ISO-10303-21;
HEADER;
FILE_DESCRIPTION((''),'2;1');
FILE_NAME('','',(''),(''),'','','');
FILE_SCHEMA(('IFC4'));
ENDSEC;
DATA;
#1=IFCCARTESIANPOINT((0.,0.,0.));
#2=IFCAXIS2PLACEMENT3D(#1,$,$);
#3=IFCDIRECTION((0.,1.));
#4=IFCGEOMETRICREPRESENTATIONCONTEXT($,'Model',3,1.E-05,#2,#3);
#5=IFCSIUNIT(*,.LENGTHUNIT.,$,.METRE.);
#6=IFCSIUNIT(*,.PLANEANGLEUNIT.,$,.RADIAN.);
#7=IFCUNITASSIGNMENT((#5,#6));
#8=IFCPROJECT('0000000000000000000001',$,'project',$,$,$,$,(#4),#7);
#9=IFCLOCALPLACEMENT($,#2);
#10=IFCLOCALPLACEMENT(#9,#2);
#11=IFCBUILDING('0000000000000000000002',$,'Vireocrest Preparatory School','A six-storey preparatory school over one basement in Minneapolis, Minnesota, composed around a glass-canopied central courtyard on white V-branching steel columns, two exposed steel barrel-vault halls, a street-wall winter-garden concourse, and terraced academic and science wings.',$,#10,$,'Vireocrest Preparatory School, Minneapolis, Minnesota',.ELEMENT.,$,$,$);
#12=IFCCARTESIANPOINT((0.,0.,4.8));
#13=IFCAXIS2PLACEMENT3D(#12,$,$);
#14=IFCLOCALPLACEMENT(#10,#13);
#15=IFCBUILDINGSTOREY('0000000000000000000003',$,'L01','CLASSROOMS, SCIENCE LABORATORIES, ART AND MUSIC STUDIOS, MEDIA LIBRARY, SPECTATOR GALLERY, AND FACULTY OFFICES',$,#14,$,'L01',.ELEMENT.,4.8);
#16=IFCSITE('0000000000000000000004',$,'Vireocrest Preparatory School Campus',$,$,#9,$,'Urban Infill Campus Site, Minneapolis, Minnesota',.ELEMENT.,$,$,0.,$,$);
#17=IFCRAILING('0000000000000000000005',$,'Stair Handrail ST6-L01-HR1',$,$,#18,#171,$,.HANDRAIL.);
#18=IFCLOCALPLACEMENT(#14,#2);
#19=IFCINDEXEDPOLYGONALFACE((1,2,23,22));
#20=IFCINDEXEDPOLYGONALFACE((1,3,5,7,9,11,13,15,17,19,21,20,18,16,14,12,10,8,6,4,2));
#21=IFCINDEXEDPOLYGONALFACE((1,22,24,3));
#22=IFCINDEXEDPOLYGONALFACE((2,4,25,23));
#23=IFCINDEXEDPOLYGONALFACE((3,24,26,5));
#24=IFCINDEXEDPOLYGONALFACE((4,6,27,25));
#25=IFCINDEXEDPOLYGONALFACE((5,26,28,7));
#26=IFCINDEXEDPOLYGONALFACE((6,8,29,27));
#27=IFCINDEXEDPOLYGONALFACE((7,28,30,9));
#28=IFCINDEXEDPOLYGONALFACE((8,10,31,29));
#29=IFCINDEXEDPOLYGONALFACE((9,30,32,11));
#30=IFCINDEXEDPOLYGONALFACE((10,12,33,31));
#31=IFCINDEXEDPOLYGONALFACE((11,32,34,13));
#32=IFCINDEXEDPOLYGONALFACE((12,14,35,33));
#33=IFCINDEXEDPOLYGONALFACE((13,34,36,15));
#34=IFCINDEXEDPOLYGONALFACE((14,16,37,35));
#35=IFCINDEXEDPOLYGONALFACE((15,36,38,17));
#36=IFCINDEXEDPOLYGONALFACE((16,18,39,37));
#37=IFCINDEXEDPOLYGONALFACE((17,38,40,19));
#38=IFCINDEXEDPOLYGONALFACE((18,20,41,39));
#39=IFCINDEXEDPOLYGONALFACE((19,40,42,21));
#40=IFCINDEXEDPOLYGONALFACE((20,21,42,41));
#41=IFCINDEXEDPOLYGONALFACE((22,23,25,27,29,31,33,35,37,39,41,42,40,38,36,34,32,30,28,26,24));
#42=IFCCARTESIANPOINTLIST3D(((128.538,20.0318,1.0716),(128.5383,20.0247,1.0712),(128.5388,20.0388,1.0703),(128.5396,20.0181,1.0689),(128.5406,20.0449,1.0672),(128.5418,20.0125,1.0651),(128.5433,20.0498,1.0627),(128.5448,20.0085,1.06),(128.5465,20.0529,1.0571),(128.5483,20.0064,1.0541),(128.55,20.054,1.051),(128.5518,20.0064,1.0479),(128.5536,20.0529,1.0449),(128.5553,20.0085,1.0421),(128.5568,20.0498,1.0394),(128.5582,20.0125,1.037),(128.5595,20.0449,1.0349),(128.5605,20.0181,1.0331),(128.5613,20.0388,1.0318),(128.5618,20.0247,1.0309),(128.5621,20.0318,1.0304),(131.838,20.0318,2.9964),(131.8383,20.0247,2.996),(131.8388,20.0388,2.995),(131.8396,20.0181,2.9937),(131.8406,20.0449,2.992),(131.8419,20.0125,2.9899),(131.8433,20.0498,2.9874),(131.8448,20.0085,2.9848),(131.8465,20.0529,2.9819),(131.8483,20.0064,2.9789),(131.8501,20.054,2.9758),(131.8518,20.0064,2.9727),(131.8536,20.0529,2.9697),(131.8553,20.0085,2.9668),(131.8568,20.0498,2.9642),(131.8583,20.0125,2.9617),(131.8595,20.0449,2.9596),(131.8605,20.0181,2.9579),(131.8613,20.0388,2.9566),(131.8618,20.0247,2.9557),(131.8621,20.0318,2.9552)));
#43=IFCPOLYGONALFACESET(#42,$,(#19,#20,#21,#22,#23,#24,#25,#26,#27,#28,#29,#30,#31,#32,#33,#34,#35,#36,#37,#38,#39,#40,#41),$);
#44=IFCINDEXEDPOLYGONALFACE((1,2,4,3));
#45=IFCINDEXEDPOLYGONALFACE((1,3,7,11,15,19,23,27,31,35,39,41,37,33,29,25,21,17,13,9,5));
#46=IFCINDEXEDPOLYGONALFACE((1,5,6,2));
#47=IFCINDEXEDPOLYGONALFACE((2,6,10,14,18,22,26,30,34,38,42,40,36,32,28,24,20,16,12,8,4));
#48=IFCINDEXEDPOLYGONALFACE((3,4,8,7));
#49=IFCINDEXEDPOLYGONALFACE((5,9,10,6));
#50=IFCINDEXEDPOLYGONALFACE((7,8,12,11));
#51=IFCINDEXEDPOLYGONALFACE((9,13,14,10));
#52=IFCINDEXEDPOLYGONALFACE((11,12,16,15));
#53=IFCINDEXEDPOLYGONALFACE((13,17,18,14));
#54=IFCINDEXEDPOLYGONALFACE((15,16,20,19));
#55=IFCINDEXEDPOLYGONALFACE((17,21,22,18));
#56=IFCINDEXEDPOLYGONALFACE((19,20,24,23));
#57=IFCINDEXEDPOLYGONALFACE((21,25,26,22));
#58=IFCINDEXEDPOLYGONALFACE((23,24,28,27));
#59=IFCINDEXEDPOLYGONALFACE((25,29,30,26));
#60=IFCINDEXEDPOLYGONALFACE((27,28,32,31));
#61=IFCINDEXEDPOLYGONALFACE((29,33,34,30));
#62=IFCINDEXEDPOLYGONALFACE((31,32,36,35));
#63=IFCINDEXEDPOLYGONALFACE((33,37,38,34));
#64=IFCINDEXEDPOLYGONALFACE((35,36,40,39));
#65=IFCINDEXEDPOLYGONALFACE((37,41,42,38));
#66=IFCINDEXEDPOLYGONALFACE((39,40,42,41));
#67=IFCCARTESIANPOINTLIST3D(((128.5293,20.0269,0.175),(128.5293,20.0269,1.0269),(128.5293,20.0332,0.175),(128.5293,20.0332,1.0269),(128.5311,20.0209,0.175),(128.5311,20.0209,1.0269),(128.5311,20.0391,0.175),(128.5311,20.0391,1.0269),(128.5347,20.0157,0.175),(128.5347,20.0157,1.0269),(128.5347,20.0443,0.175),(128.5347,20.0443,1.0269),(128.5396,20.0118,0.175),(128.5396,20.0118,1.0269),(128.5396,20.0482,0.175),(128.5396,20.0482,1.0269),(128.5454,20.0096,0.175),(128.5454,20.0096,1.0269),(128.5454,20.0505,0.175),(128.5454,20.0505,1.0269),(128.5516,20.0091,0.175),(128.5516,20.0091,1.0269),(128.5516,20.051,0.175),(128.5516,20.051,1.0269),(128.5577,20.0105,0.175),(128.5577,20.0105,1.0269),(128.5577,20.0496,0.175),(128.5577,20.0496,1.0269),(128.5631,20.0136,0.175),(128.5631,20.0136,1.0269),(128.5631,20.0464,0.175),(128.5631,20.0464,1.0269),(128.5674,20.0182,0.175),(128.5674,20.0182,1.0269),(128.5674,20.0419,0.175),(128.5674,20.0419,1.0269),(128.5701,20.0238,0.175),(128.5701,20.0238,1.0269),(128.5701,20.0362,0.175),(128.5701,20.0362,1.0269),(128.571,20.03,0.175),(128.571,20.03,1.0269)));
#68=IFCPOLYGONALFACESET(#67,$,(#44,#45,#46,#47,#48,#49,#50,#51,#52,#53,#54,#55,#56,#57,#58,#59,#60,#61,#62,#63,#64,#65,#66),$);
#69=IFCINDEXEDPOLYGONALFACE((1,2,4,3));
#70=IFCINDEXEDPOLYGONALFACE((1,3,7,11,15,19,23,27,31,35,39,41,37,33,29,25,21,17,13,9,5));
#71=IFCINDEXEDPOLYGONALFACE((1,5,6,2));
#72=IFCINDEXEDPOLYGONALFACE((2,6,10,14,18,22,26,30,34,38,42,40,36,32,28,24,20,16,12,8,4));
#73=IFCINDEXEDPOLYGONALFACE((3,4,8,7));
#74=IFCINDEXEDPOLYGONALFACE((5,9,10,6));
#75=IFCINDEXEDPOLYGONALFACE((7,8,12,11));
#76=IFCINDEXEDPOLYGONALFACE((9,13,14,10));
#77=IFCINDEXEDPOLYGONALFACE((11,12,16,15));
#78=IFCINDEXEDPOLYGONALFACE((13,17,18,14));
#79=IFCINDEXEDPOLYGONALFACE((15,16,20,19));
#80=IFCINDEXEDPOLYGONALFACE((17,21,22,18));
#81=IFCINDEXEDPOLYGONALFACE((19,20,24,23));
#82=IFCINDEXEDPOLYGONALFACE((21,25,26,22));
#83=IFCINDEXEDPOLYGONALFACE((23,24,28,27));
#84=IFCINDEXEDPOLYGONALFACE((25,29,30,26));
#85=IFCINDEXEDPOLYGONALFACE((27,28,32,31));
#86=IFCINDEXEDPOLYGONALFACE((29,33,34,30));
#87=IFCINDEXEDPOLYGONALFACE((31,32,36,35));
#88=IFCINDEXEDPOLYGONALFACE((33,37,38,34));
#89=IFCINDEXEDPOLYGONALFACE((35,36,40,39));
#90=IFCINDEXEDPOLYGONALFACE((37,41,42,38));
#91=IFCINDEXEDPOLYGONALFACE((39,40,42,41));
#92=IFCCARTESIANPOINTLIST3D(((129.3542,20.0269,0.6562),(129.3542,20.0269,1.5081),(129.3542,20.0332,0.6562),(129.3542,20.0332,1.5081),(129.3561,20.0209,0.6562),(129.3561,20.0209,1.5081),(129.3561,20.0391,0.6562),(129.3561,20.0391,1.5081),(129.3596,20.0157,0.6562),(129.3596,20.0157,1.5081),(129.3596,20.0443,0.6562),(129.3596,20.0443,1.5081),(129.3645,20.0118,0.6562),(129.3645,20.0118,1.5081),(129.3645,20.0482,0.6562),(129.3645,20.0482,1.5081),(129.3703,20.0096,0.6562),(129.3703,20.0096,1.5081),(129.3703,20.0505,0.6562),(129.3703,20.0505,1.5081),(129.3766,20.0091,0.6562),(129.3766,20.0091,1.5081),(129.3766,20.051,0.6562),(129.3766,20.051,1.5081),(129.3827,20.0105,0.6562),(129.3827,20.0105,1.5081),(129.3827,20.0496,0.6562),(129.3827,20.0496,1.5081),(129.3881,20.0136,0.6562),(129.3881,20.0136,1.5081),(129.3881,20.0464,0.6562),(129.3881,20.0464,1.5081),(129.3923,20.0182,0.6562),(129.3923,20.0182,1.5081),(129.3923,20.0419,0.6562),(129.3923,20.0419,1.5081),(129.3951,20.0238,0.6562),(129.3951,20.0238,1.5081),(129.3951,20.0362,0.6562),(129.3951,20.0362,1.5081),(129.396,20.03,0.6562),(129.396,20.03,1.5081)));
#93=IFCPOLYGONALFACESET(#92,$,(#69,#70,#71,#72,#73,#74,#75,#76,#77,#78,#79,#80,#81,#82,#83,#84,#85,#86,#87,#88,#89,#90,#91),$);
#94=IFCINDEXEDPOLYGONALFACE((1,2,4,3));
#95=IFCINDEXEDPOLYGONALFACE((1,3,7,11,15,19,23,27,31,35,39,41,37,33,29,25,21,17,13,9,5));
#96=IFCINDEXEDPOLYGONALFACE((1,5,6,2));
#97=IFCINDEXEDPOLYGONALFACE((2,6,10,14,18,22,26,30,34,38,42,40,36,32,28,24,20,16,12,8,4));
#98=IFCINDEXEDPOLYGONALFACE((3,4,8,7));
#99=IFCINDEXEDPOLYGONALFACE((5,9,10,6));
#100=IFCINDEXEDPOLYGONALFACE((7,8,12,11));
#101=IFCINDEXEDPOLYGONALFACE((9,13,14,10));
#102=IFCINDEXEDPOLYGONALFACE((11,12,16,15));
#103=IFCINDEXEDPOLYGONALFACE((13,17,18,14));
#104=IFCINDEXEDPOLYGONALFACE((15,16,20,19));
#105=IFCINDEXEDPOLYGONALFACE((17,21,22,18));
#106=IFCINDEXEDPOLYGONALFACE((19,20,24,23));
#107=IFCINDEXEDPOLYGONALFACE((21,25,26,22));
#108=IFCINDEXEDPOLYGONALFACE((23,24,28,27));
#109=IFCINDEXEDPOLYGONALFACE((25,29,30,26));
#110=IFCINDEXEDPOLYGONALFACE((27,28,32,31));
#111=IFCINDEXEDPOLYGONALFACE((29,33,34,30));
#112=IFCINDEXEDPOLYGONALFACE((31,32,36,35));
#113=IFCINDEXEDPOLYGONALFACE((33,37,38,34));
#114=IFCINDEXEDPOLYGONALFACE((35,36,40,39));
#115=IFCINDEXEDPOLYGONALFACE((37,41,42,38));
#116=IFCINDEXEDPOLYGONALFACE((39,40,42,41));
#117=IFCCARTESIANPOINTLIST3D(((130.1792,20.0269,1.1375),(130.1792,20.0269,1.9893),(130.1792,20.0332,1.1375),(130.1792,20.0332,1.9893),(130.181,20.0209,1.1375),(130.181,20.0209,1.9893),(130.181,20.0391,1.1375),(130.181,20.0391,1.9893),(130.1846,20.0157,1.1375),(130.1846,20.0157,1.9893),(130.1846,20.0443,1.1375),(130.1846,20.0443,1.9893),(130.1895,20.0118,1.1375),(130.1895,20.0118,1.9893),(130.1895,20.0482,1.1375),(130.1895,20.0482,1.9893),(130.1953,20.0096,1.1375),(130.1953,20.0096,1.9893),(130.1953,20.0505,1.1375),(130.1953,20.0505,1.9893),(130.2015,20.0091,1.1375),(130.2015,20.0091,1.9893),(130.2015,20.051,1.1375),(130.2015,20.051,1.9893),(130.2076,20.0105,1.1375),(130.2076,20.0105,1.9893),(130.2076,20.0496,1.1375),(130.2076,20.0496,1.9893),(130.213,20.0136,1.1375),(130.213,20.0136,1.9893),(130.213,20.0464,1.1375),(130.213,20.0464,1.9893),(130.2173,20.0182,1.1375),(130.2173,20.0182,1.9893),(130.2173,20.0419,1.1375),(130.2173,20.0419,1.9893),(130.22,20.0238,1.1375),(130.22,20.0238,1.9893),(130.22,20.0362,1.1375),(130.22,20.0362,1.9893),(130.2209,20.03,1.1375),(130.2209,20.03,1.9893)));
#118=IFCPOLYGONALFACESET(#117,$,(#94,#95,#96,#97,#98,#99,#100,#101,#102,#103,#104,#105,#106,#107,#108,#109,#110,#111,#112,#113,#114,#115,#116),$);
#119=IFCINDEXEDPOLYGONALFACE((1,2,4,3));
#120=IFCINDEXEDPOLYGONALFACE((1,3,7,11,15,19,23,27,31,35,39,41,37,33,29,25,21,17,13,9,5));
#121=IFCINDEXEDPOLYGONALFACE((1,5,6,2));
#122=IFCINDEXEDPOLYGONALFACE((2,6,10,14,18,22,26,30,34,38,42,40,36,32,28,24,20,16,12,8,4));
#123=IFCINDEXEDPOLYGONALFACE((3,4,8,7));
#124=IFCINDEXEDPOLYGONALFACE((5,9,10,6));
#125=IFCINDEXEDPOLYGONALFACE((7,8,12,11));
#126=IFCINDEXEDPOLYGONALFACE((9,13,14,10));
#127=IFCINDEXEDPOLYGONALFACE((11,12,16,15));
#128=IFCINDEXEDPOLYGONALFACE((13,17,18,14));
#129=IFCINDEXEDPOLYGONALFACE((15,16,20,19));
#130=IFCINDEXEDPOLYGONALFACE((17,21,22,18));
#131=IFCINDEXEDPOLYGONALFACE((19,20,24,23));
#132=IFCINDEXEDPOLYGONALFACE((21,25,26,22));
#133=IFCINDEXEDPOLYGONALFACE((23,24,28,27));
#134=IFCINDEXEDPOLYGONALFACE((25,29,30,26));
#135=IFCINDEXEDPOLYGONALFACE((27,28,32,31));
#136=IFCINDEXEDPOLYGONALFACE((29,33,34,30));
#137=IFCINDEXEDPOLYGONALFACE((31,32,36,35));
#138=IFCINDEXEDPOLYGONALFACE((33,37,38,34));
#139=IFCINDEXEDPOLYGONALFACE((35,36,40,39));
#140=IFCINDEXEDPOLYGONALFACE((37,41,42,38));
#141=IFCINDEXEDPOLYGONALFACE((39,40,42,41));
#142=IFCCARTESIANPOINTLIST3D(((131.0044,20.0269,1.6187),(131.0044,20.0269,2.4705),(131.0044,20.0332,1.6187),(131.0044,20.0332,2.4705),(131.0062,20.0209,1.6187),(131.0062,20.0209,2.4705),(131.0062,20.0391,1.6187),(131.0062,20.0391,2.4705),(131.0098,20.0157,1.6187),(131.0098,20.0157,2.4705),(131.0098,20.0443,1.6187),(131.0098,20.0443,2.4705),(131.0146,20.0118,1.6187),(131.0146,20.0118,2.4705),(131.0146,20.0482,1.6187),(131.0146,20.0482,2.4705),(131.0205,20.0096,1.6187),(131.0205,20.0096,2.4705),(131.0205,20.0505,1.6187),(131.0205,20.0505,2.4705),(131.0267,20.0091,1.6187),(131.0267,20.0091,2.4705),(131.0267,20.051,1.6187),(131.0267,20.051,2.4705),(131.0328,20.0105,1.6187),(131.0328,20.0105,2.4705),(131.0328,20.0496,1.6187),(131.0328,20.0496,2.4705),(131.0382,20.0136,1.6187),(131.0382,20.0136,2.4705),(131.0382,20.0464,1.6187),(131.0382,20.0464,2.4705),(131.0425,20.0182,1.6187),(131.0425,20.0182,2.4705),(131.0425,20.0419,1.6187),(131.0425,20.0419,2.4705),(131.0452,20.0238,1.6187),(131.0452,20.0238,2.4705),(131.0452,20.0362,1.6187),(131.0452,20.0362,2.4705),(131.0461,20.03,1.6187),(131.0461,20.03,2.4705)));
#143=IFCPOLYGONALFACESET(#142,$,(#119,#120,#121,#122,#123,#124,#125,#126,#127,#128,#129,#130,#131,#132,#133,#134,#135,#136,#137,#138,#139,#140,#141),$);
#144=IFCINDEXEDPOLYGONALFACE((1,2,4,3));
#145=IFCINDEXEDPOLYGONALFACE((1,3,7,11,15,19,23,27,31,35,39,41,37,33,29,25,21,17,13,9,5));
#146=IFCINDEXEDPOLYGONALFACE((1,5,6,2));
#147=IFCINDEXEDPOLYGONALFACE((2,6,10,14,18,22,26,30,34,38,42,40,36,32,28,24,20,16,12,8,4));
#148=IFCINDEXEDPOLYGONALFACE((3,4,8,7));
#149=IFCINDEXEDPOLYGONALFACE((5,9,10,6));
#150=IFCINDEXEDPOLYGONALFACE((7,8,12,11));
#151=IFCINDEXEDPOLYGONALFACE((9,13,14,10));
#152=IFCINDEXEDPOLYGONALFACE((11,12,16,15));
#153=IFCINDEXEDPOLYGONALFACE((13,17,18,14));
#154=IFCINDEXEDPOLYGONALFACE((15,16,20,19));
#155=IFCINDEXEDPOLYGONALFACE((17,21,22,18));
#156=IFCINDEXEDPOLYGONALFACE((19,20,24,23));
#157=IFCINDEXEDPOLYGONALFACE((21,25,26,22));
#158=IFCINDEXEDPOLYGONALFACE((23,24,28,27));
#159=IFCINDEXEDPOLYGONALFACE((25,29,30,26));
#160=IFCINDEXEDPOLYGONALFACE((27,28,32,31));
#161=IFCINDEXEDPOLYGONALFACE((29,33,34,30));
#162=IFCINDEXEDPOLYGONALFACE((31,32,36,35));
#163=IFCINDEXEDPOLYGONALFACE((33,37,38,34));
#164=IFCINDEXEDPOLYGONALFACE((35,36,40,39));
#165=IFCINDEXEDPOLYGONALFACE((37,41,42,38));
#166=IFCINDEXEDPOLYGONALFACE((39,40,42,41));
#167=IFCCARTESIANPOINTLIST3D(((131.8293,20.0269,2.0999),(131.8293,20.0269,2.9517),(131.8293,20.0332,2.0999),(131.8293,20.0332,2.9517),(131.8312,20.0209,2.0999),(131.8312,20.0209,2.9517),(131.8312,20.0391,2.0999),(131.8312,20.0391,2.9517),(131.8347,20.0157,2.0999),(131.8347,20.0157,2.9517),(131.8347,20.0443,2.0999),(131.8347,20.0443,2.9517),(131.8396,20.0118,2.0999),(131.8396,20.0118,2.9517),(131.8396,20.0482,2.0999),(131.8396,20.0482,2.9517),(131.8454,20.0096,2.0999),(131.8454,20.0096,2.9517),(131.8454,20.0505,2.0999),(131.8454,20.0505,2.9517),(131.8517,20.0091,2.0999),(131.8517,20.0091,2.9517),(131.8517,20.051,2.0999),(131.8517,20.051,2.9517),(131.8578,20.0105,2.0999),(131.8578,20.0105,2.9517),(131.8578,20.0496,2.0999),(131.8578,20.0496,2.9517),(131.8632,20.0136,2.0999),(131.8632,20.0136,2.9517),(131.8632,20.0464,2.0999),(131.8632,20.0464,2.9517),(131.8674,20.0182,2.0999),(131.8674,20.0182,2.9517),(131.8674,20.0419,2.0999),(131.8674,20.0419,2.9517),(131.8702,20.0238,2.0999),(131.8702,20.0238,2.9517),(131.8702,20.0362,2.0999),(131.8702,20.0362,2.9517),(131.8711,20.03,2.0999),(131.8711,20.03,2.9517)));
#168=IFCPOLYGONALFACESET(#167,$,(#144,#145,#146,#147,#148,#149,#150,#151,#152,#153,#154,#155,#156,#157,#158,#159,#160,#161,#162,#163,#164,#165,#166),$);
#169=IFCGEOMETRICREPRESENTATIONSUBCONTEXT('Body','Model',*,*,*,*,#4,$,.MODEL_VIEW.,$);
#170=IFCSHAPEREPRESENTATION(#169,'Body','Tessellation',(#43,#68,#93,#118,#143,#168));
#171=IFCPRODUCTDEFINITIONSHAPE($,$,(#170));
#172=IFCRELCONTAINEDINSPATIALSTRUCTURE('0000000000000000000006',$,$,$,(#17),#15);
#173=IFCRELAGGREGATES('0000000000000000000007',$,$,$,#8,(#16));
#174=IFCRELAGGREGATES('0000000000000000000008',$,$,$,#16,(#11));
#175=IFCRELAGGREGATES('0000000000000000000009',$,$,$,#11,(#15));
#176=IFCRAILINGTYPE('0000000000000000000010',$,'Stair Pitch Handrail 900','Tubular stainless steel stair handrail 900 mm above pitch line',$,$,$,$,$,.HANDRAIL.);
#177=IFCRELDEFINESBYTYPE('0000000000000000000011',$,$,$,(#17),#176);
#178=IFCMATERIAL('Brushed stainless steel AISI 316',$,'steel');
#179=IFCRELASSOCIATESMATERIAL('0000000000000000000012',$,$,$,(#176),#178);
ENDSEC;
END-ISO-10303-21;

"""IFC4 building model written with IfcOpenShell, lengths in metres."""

from ifc_helpers import new_model, si_unit, direction, frame, origin, origin_2d, place, context, subcontext, project, spatial, circle, extrude, material, type_object, element, save


model = new_model("IFC4")

# Units and contexts
model_context = context("Model", 3, precision=1e-05, world=origin(), true_north=direction((0.0, 1.0)))
body_context = subcontext(model_context, "Body", "Model", "MODEL_VIEW")
ifc_project = project(units=[si_unit("LENGTHUNIT", "METRE"), si_unit("PLANEANGLEUNIT", "RADIAN")], contexts=[model_context])

# Site, building, storey
site_placement = place(None, origin())
site = spatial("IfcSite", under=ifc_project, at=site_placement, Name="Vireocrest Preparatory School Campus", LongName="Urban Infill Campus Site, Minneapolis, Minnesota", CompositionType="ELEMENT", RefElevation=0.0)
building_placement = place(site_placement, origin())
building = spatial("IfcBuilding", under=site, at=building_placement, Name="Vireocrest Preparatory School", Description="A six-storey preparatory school over one basement in Minneapolis, Minnesota, composed around a glass-canopied central courtyard on white V-branching steel columns, two exposed steel barrel-vault halls, a street-wall winter-garden concourse, and terraced academic and science wings.", LongName="Vireocrest Preparatory School, Minneapolis, Minnesota", CompositionType="ELEMENT")
storey_placement = place(building_placement, frame((0.0, 0.0, 4.8)))
storey = spatial("IfcBuildingStorey", under=building, at=storey_placement, Name="L01", Description="CLASSROOMS, SCIENCE LABORATORIES, ART AND MUSIC STUDIOS, MEDIA LIBRARY, SPECTATOR GALLERY, AND FACULTY OFFICES", LongName="L01", CompositionType="ELEMENT", Elevation=4.8)

# Railing
ifc_material_1 = material(Name="Brushed stainless steel AISI 316", Category="steel")
railing_type_1 = type_object("IfcRailingType", Name="Stair Pitch Handrail 900", Description="Tubular stainless steel stair handrail 900 mm above pitch line", PredefinedType="HANDRAIL", material=ifc_material_1)
railing_1_placement = place(storey_placement, frame((128.55, 20.03, 0.175)))
element("IfcRailing", 1, at=railing_1_placement, inside=storey, type_object=railing_type_1, Name="Stair Handrail ST6-L01-HR1", PredefinedType="HANDRAIL", context=body_context, shape_type="SweptSolid", body=[
    extrude(circle(Radius=0.0239, at=origin_2d()), frame((0.0, 0.0, 0.876), z_axis=(0.863804, 0.0, 0.503827), x_axis=(0.0, 1.0, 0.0)), (0.0, 0.0, 1.0), 3.8203),
    extrude(circle(Radius=0.021, at=origin_2d()), origin(), (0.0, 0.0, 1.0), 0.8518),
    extrude(circle(Radius=0.021, at=origin_2d()), frame((0.825, 0.0, 0.4812)), (0.0, 0.0, 1.0), 0.8518),
    extrude(circle(Radius=0.021, at=origin_2d()), frame((1.6499, 0.0, 0.9624)), (0.0, 0.0, 1.0), 0.8518),
    extrude(circle(Radius=0.021, at=origin_2d()), frame((2.4751, 0.0, 1.4436)), (0.0, 0.0, 1.0), 0.8518),
    extrude(circle(Radius=0.021, at=origin_2d()), frame((3.3, 0.0, 1.9248)), (0.0, 0.0, 1.0), 0.8518),
])

save(model, "model.ifc")
